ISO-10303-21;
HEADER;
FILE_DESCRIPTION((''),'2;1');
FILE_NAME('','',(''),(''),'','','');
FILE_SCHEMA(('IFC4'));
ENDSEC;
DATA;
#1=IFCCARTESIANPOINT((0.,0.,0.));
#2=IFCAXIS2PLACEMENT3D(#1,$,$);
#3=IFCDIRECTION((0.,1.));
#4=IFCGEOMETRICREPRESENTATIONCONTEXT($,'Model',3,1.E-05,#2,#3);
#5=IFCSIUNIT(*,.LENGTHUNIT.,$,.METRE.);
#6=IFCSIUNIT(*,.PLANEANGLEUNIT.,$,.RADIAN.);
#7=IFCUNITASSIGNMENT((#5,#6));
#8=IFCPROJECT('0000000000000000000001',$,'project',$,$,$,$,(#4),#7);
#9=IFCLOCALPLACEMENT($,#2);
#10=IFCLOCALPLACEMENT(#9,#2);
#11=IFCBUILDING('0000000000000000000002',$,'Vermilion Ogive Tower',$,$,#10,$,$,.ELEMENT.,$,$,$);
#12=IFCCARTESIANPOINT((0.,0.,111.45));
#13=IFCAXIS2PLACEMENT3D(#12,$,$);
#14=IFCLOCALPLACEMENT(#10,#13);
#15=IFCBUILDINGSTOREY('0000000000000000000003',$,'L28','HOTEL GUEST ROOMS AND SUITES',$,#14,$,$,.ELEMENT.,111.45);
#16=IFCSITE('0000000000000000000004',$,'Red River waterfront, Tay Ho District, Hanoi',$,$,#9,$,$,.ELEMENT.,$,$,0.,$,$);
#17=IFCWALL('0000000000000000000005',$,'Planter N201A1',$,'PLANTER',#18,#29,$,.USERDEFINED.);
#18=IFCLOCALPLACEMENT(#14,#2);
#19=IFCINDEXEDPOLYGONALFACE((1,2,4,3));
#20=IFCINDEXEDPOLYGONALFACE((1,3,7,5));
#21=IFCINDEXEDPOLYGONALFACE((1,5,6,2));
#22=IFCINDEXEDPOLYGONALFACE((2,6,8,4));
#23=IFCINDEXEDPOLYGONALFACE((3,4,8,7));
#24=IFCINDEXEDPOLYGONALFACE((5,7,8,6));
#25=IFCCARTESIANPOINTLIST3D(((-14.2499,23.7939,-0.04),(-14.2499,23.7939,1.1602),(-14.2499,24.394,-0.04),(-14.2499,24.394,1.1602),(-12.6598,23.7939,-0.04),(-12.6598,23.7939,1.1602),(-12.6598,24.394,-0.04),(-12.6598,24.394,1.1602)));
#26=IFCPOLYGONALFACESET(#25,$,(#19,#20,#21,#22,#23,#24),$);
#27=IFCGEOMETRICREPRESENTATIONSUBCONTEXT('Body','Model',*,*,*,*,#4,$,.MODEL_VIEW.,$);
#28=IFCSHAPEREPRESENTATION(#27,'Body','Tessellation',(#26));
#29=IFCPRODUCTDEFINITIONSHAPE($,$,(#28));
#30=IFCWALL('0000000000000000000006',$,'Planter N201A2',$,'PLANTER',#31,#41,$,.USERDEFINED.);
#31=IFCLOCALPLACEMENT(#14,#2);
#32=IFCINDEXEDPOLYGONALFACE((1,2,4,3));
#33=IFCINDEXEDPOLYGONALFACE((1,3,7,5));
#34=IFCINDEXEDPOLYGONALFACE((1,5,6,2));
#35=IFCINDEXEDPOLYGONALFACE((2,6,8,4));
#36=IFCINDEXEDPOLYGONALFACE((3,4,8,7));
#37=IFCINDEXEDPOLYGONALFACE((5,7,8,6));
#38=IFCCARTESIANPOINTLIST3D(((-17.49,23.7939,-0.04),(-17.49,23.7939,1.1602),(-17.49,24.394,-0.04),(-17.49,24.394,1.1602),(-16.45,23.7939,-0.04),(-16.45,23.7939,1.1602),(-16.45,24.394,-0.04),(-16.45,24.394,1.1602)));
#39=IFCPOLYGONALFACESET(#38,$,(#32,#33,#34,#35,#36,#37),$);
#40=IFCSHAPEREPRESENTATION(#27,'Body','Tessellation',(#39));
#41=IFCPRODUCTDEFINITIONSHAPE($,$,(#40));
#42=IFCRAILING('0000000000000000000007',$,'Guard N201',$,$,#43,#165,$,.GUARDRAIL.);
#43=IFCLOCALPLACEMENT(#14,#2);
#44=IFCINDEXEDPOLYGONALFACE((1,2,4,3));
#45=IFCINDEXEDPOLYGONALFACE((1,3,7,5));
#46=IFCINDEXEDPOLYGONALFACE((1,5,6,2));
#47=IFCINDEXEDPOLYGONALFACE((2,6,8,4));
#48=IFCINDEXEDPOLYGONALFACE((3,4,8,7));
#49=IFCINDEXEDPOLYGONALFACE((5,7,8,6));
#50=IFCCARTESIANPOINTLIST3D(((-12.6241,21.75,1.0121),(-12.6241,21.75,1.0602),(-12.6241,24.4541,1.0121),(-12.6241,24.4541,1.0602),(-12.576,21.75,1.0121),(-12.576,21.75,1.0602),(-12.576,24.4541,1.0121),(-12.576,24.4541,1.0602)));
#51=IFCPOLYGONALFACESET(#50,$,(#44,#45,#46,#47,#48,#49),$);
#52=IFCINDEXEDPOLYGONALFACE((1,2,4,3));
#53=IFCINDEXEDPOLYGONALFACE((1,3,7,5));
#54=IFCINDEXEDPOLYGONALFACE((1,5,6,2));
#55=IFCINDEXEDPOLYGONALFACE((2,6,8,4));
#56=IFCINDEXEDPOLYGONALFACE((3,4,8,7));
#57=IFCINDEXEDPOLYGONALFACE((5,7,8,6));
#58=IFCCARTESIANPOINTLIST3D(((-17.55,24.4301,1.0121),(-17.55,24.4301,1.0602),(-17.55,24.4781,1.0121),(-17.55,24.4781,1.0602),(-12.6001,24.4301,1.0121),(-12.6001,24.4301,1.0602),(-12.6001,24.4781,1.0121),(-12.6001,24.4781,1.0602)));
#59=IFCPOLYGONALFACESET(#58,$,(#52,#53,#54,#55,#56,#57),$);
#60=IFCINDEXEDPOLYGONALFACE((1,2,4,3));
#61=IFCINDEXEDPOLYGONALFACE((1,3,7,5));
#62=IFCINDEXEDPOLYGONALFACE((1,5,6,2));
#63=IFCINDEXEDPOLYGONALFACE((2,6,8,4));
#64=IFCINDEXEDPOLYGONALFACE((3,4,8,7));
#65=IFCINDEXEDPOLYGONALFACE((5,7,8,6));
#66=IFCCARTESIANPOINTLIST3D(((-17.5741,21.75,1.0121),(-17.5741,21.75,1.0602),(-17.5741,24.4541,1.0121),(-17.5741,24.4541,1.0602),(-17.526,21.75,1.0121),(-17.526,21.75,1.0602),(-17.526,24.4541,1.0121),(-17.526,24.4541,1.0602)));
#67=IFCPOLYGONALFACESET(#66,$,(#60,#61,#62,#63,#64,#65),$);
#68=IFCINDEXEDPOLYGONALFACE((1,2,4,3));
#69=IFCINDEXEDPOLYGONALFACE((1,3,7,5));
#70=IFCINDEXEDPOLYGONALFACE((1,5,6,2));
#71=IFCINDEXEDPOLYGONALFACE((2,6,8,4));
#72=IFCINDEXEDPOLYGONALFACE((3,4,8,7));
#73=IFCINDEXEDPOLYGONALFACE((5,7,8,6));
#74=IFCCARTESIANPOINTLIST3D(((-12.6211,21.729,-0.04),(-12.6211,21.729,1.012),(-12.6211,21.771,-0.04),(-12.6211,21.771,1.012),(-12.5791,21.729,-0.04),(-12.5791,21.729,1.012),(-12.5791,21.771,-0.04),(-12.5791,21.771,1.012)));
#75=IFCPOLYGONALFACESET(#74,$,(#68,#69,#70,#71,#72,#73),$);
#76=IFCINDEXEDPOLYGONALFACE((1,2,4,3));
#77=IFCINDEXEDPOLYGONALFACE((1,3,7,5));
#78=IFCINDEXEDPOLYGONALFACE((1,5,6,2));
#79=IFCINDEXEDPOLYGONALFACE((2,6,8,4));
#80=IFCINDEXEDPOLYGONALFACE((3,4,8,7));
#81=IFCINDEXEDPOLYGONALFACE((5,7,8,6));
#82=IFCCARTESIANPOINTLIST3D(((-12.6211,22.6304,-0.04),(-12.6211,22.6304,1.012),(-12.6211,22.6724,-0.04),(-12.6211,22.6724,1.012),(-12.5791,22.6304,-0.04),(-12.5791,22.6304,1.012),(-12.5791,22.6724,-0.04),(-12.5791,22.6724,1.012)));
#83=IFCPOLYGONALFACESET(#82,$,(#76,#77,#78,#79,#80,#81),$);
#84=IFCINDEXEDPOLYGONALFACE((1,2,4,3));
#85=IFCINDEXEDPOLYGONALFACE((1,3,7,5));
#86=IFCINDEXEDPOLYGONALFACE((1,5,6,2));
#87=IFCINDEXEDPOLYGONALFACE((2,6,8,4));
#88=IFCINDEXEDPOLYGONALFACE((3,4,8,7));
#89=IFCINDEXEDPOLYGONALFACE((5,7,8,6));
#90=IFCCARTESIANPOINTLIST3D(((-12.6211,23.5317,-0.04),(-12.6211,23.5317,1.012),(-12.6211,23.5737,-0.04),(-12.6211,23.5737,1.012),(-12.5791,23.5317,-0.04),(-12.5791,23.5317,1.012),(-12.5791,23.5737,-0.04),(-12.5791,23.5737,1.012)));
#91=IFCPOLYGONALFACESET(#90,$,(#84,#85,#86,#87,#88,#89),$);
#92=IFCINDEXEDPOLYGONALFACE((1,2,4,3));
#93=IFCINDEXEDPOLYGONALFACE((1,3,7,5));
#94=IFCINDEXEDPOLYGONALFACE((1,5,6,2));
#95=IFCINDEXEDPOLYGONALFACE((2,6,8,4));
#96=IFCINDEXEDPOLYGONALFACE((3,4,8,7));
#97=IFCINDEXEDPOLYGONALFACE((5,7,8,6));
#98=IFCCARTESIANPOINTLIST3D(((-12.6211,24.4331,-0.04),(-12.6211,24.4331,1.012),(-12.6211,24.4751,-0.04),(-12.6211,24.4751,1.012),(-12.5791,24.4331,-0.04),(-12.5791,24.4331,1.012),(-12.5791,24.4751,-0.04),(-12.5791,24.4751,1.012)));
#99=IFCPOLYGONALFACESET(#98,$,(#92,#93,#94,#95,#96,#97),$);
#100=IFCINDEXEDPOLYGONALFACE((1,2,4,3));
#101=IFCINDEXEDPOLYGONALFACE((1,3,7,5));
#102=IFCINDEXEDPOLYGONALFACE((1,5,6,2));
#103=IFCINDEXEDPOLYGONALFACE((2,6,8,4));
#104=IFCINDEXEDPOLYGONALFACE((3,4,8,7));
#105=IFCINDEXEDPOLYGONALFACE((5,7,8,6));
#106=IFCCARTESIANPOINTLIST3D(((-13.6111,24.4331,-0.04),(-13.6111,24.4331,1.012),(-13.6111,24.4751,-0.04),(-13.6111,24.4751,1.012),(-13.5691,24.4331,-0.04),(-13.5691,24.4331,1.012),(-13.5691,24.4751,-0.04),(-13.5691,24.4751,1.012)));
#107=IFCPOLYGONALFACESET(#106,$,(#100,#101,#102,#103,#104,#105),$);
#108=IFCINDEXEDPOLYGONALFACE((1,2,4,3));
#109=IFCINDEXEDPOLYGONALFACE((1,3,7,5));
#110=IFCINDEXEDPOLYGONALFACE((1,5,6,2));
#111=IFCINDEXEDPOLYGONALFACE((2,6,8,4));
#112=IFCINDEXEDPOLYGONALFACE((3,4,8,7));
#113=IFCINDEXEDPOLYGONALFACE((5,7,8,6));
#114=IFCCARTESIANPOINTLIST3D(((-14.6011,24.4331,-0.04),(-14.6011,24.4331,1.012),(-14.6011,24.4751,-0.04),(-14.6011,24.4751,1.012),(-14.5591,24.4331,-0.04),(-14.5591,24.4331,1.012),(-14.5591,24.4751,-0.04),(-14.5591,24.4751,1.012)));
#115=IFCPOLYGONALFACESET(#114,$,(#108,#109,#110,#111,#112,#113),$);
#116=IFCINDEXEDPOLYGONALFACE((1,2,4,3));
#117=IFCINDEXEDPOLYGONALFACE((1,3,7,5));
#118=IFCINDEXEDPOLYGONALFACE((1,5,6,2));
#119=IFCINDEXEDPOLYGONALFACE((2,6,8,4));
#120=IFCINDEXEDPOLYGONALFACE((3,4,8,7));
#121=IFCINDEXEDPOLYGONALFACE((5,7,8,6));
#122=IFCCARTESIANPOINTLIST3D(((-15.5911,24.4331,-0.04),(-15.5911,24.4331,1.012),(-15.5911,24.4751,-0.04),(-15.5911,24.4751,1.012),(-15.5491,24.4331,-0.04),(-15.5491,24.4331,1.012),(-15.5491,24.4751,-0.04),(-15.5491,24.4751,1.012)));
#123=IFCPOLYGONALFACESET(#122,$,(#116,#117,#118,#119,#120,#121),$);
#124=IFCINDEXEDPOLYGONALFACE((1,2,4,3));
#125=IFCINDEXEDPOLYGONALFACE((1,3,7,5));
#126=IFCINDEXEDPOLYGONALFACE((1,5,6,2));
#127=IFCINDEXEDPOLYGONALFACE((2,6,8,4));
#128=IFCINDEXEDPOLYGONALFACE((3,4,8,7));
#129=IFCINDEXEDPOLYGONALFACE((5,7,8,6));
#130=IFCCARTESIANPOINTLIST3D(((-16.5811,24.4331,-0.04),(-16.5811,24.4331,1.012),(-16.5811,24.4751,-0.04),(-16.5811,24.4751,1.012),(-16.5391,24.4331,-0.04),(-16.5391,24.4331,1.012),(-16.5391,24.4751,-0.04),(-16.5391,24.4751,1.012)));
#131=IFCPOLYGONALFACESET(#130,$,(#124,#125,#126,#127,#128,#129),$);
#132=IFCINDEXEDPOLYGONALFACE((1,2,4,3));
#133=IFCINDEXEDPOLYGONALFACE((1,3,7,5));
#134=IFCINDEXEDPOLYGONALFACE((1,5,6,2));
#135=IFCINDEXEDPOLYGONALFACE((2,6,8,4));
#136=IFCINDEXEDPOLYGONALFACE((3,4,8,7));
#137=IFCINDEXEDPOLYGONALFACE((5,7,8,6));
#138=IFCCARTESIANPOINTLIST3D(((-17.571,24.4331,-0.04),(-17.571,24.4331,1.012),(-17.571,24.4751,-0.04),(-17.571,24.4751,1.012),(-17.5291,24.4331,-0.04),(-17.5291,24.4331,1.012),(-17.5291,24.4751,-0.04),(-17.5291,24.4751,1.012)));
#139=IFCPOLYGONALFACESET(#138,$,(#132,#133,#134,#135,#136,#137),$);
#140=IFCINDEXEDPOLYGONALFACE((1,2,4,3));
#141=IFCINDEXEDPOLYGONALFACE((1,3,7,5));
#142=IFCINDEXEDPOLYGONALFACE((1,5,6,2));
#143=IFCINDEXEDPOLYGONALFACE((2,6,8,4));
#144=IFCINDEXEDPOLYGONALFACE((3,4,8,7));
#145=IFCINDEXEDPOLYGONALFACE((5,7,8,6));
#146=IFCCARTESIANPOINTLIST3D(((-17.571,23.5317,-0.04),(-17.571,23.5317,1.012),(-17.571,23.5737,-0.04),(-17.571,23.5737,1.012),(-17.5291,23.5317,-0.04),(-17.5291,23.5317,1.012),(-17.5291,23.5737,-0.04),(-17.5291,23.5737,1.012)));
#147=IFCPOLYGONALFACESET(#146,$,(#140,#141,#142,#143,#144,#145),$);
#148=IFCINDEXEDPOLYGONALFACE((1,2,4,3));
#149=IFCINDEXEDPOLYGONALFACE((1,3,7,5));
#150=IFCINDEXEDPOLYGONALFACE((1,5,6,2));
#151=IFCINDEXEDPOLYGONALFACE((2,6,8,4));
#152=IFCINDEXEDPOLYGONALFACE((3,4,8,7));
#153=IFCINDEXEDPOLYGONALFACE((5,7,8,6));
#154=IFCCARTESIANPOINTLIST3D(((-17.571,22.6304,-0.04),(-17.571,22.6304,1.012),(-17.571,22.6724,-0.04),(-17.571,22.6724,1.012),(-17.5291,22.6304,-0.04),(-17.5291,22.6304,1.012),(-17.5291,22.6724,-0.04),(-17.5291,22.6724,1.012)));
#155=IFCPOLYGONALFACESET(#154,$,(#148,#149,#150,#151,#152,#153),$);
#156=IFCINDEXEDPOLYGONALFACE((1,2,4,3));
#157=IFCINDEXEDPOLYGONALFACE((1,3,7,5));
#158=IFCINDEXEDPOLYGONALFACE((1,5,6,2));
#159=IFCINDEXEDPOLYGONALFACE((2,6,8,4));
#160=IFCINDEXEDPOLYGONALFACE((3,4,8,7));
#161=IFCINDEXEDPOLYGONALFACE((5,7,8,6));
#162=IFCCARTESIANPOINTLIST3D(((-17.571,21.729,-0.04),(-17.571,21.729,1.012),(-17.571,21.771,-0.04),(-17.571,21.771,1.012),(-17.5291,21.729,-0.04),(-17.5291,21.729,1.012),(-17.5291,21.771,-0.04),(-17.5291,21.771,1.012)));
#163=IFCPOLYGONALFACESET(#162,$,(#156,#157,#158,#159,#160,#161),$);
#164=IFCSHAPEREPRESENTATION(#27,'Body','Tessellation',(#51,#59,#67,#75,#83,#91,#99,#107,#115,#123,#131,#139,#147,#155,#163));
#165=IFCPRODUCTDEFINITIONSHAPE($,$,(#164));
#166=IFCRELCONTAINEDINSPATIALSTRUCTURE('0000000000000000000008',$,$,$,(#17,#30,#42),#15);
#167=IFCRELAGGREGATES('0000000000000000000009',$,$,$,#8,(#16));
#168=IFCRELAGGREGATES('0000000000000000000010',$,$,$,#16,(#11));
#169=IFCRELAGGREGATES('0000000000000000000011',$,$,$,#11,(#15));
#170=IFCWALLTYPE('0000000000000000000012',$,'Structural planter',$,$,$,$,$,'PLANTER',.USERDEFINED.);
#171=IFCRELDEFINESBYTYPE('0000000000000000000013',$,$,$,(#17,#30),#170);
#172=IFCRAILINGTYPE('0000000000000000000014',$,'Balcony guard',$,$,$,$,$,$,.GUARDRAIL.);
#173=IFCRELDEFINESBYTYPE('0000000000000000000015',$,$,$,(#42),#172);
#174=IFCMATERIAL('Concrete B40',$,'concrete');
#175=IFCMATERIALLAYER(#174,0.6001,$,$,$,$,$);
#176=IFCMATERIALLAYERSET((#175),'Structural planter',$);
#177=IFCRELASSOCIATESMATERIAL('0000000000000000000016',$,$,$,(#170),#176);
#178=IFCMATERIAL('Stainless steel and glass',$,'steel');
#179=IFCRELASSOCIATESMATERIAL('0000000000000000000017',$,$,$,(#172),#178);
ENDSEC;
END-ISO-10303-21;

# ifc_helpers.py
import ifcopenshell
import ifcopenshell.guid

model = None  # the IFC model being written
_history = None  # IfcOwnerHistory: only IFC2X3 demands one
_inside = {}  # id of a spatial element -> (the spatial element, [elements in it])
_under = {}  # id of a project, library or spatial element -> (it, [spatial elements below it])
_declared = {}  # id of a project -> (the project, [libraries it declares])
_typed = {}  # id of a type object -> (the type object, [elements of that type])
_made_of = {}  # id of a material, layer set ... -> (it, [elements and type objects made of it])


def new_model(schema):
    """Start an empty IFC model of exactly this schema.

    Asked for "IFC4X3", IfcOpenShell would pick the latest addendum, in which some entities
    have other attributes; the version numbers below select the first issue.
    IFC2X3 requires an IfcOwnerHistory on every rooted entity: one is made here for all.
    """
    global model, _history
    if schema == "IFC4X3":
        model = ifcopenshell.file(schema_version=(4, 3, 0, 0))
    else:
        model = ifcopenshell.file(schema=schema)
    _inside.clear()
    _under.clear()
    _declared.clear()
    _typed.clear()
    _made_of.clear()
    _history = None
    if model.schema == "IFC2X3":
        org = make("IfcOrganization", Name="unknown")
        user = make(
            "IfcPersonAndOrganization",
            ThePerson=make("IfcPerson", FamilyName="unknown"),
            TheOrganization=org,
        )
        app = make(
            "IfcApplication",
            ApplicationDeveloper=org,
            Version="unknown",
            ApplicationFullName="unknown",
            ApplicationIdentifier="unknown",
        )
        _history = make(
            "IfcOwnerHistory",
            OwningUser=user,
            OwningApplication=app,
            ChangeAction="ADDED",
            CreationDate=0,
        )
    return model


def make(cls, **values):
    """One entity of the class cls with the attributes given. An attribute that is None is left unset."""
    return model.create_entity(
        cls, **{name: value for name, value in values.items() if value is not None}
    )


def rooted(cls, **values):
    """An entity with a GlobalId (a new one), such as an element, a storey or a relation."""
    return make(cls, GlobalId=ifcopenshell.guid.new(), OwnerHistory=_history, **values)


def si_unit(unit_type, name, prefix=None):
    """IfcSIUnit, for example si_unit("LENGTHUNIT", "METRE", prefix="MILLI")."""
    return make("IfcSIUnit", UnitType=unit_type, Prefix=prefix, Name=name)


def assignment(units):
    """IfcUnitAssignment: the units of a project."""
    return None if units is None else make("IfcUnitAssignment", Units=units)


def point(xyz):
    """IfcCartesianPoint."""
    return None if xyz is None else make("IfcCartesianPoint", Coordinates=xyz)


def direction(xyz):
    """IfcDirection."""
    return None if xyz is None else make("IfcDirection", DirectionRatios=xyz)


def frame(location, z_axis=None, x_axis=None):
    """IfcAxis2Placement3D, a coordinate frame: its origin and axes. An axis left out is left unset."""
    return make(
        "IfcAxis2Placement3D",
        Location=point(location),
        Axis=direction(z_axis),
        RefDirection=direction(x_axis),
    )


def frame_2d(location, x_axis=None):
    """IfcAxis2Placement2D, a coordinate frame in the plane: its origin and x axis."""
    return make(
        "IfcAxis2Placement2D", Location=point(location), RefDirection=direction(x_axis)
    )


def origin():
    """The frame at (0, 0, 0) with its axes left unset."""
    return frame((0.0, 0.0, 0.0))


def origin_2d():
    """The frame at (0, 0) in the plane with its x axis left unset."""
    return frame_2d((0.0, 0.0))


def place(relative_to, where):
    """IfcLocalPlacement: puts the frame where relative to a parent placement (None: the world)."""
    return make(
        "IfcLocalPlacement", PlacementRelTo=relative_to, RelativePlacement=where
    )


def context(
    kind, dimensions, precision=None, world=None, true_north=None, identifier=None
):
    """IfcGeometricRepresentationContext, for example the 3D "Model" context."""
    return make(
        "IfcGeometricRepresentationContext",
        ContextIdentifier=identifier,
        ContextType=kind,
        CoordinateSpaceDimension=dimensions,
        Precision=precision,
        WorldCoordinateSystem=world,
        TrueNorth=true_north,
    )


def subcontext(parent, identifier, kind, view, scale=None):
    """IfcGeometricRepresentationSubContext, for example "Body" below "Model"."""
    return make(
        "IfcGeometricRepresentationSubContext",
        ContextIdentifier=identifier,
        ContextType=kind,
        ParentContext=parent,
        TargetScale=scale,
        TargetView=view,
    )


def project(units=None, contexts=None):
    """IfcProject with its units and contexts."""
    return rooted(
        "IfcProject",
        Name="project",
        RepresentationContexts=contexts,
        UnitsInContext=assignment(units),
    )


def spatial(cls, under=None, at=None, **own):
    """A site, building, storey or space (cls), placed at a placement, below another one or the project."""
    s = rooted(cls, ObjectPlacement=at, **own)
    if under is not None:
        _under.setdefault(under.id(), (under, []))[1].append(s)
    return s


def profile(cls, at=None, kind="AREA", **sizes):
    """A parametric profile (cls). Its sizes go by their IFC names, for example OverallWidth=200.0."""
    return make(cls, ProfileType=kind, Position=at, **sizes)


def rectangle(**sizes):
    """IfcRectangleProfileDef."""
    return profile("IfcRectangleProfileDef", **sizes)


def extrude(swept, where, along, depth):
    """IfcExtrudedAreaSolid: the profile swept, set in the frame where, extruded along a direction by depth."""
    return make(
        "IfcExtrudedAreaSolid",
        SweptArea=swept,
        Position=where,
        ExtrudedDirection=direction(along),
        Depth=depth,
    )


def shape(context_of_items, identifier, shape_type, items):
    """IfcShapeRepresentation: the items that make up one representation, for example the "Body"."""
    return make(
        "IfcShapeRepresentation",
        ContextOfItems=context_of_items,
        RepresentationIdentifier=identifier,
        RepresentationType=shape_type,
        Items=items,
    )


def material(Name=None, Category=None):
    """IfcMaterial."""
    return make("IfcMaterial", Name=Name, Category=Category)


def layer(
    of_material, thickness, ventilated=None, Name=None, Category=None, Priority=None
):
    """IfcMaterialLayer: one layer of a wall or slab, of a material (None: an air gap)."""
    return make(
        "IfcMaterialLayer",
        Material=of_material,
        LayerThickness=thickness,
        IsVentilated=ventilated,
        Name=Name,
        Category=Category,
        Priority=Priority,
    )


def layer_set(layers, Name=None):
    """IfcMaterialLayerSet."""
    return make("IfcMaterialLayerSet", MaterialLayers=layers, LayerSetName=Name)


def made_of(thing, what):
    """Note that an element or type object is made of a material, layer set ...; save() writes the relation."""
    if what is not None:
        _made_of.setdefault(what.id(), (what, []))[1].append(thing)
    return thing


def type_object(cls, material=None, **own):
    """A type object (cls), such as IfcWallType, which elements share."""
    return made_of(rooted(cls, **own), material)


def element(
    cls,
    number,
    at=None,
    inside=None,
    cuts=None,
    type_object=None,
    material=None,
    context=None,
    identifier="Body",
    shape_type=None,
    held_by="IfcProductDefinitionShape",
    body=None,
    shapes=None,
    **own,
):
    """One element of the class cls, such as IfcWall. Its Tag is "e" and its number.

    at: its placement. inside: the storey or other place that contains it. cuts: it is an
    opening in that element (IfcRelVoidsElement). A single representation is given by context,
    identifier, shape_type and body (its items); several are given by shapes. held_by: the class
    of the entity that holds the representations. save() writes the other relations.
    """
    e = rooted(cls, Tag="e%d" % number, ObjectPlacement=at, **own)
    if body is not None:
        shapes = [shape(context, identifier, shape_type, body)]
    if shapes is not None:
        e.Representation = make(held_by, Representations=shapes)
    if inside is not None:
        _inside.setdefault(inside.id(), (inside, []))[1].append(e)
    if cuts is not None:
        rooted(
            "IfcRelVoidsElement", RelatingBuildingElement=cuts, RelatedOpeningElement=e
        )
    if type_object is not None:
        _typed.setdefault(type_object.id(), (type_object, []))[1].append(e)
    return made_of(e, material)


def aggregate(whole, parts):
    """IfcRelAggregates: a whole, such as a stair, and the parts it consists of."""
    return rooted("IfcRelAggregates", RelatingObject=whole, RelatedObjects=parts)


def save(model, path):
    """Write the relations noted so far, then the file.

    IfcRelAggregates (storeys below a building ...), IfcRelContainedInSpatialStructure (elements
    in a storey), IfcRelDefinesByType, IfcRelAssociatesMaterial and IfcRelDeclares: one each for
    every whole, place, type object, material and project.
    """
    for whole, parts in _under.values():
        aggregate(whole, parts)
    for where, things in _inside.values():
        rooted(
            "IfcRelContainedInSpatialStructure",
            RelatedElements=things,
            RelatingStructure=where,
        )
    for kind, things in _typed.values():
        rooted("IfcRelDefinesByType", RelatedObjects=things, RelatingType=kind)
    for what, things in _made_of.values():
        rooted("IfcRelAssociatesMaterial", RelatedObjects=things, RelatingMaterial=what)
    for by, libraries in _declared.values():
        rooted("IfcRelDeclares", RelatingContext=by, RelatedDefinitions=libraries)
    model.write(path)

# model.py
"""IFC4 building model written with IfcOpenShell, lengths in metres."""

from ifc_helpers import new_model, si_unit, direction, frame, frame_2d, origin, origin_2d, place, context, subcontext, project, spatial, rectangle, extrude, material, layer, layer_set, type_object, element, save


model = new_model("IFC4")

# Units and contexts
model_context = context("Model", 3, precision=1e-05, world=origin(), true_north=direction((0.0, 1.0)))
body_context = subcontext(model_context, "Body", "Model", "MODEL_VIEW")
ifc_project = project(units=[si_unit("LENGTHUNIT", "METRE"), si_unit("PLANEANGLEUNIT", "RADIAN")], contexts=[model_context])

# Site, building, storey
site_placement = place(None, origin())
site = spatial("IfcSite", under=ifc_project, at=site_placement, Name="Red River waterfront, Tay Ho District, Hanoi", CompositionType="ELEMENT", RefElevation=0.0)
building_placement = place(site_placement, origin())
building = spatial("IfcBuilding", under=site, at=building_placement, Name="Vermilion Ogive Tower", CompositionType="ELEMENT")
storey_placement = place(building_placement, frame((0.0, 0.0, 111.45)))
storey = spatial("IfcBuildingStorey", under=building, at=storey_placement, Name="L28", Description="HOTEL GUEST ROOMS AND SUITES", CompositionType="ELEMENT", Elevation=111.45)

# Walls
ifc_material_1 = material(Name="Concrete B40", Category="concrete")
ifc_layer_1 = layer(ifc_material_1, 0.6001)
ifc_layer_set_1 = layer_set([ifc_layer_1], Name="Structural planter")
wall_type_1 = type_object("IfcWallType", Name="Structural planter", ElementType="PLANTER", PredefinedType="USERDEFINED", material=ifc_layer_set_1)
wall_1_placement = place(storey_placement, frame((-12.6599, 24.094, -0.04), z_axis=(0.0, 0.0, 1.0), x_axis=(-1.0, 0.0, 0.0)))
element("IfcWall", 1, at=wall_1_placement, inside=storey, type_object=wall_type_1, Name="Planter N201A1", ObjectType="PLANTER", PredefinedType="USERDEFINED", context=body_context, shape_type="SweptSolid", body=[
    extrude(rectangle(XDim=1.5901, YDim=0.6001, at=frame_2d((0.7949, 0.0))), origin(), (0.0, 0.0, 1.0), 1.2002),
])
wall_2_placement = place(storey_placement, frame((-16.45, 24.094, -0.04), z_axis=(0.0, 0.0, 1.0), x_axis=(-1.0, 0.0, 0.0)))
element("IfcWall", 2, at=wall_2_placement, inside=storey, type_object=wall_type_1, Name="Planter N201A2", ObjectType="PLANTER", PredefinedType="USERDEFINED", context=body_context, shape_type="SweptSolid", body=[
    extrude(rectangle(XDim=1.04, YDim=0.6001, at=frame_2d((0.52, 0.0))), origin(), (0.0, 0.0, 1.0), 1.2002),
])

# Railing
ifc_material_2 = material(Name="Stainless steel and glass", Category="steel")
railing_type = type_object("IfcRailingType", Name="Balcony guard", PredefinedType="GUARDRAIL", material=ifc_material_2)
railing_placement = place(storey_placement, frame((-12.6001, 21.75, -0.04)))
element("IfcRailing", 3, at=railing_placement, inside=storey, type_object=railing_type, Name="Guard N201", PredefinedType="GUARDRAIL", context=body_context, shape_type="SweptSolid", body=[
    extrude(rectangle(XDim=0.0481, YDim=0.0481, at=origin_2d()), frame((0.0, 0.0, 1.0762), z_axis=(0.0, 1.0, 0.0), x_axis=(-1.0, 0.0, 0.0)), (0.0, 0.0, 1.0), 2.7041),
    extrude(rectangle(XDim=0.0481, YDim=0.0481, at=origin_2d()), frame((0.0, 2.7041, 1.0762), z_axis=(-1.0, 0.0, 0.0), x_axis=(0.0, -1.0, 0.0)), (0.0, 0.0, 1.0), 4.95),
    extrude(rectangle(XDim=0.0481, YDim=0.0481, at=origin_2d()), frame((-4.95, 2.7041, 1.0762), z_axis=(0.0, -1.0, 0.0), x_axis=(1.0, 0.0, 0.0)), (0.0, 0.0, 1.0), 2.7041),
    extrude(rectangle(XDim=0.042, YDim=0.042, at=origin_2d()), origin(), (0.0, 0.0, 1.0), 1.052),
    extrude(rectangle(XDim=0.042, YDim=0.042, at=origin_2d()), frame((0.0, 0.9014, 0.0)), (0.0, 0.0, 1.0), 1.052),
    extrude(rectangle(XDim=0.042, YDim=0.042, at=origin_2d()), frame((0.0, 1.8027, 0.0)), (0.0, 0.0, 1.0), 1.052),
    extrude(rectangle(XDim=0.042, YDim=0.042, at=origin_2d()), frame((0.0, 2.7041, 0.0)), (0.0, 0.0, 1.0), 1.052),
    extrude(rectangle(XDim=0.042, YDim=0.042, at=origin_2d()), frame((-0.99, 2.7041, 0.0)), (0.0, 0.0, 1.0), 1.052),
    extrude(rectangle(XDim=0.042, YDim=0.042, at=origin_2d()), frame((-1.98, 2.7041, 0.0)), (0.0, 0.0, 1.0), 1.052),
    extrude(rectangle(XDim=0.042, YDim=0.042, at=origin_2d()), frame((-2.97, 2.7041, 0.0)), (0.0, 0.0, 1.0), 1.052),
    extrude(rectangle(XDim=0.042, YDim=0.042, at=origin_2d()), frame((-3.96, 2.7041, 0.0)), (0.0, 0.0, 1.0), 1.052),
    extrude(rectangle(XDim=0.042, YDim=0.042, at=origin_2d()), frame((-4.95, 2.7041, 0.0)), (0.0, 0.0, 1.0), 1.052),
    extrude(rectangle(XDim=0.042, YDim=0.042, at=origin_2d()), frame((-4.95, 1.8027, 0.0)), (0.0, 0.0, 1.0), 1.052),
    extrude(rectangle(XDim=0.042, YDim=0.042, at=origin_2d()), frame((-4.95, 0.9014, 0.0)), (0.0, 0.0, 1.0), 1.052),
    extrude(rectangle(XDim=0.042, YDim=0.042, at=origin_2d()), frame((-4.95, 0.0, 0.0)), (0.0, 0.0, 1.0), 1.052),
])

save(model, "model.ifc")
